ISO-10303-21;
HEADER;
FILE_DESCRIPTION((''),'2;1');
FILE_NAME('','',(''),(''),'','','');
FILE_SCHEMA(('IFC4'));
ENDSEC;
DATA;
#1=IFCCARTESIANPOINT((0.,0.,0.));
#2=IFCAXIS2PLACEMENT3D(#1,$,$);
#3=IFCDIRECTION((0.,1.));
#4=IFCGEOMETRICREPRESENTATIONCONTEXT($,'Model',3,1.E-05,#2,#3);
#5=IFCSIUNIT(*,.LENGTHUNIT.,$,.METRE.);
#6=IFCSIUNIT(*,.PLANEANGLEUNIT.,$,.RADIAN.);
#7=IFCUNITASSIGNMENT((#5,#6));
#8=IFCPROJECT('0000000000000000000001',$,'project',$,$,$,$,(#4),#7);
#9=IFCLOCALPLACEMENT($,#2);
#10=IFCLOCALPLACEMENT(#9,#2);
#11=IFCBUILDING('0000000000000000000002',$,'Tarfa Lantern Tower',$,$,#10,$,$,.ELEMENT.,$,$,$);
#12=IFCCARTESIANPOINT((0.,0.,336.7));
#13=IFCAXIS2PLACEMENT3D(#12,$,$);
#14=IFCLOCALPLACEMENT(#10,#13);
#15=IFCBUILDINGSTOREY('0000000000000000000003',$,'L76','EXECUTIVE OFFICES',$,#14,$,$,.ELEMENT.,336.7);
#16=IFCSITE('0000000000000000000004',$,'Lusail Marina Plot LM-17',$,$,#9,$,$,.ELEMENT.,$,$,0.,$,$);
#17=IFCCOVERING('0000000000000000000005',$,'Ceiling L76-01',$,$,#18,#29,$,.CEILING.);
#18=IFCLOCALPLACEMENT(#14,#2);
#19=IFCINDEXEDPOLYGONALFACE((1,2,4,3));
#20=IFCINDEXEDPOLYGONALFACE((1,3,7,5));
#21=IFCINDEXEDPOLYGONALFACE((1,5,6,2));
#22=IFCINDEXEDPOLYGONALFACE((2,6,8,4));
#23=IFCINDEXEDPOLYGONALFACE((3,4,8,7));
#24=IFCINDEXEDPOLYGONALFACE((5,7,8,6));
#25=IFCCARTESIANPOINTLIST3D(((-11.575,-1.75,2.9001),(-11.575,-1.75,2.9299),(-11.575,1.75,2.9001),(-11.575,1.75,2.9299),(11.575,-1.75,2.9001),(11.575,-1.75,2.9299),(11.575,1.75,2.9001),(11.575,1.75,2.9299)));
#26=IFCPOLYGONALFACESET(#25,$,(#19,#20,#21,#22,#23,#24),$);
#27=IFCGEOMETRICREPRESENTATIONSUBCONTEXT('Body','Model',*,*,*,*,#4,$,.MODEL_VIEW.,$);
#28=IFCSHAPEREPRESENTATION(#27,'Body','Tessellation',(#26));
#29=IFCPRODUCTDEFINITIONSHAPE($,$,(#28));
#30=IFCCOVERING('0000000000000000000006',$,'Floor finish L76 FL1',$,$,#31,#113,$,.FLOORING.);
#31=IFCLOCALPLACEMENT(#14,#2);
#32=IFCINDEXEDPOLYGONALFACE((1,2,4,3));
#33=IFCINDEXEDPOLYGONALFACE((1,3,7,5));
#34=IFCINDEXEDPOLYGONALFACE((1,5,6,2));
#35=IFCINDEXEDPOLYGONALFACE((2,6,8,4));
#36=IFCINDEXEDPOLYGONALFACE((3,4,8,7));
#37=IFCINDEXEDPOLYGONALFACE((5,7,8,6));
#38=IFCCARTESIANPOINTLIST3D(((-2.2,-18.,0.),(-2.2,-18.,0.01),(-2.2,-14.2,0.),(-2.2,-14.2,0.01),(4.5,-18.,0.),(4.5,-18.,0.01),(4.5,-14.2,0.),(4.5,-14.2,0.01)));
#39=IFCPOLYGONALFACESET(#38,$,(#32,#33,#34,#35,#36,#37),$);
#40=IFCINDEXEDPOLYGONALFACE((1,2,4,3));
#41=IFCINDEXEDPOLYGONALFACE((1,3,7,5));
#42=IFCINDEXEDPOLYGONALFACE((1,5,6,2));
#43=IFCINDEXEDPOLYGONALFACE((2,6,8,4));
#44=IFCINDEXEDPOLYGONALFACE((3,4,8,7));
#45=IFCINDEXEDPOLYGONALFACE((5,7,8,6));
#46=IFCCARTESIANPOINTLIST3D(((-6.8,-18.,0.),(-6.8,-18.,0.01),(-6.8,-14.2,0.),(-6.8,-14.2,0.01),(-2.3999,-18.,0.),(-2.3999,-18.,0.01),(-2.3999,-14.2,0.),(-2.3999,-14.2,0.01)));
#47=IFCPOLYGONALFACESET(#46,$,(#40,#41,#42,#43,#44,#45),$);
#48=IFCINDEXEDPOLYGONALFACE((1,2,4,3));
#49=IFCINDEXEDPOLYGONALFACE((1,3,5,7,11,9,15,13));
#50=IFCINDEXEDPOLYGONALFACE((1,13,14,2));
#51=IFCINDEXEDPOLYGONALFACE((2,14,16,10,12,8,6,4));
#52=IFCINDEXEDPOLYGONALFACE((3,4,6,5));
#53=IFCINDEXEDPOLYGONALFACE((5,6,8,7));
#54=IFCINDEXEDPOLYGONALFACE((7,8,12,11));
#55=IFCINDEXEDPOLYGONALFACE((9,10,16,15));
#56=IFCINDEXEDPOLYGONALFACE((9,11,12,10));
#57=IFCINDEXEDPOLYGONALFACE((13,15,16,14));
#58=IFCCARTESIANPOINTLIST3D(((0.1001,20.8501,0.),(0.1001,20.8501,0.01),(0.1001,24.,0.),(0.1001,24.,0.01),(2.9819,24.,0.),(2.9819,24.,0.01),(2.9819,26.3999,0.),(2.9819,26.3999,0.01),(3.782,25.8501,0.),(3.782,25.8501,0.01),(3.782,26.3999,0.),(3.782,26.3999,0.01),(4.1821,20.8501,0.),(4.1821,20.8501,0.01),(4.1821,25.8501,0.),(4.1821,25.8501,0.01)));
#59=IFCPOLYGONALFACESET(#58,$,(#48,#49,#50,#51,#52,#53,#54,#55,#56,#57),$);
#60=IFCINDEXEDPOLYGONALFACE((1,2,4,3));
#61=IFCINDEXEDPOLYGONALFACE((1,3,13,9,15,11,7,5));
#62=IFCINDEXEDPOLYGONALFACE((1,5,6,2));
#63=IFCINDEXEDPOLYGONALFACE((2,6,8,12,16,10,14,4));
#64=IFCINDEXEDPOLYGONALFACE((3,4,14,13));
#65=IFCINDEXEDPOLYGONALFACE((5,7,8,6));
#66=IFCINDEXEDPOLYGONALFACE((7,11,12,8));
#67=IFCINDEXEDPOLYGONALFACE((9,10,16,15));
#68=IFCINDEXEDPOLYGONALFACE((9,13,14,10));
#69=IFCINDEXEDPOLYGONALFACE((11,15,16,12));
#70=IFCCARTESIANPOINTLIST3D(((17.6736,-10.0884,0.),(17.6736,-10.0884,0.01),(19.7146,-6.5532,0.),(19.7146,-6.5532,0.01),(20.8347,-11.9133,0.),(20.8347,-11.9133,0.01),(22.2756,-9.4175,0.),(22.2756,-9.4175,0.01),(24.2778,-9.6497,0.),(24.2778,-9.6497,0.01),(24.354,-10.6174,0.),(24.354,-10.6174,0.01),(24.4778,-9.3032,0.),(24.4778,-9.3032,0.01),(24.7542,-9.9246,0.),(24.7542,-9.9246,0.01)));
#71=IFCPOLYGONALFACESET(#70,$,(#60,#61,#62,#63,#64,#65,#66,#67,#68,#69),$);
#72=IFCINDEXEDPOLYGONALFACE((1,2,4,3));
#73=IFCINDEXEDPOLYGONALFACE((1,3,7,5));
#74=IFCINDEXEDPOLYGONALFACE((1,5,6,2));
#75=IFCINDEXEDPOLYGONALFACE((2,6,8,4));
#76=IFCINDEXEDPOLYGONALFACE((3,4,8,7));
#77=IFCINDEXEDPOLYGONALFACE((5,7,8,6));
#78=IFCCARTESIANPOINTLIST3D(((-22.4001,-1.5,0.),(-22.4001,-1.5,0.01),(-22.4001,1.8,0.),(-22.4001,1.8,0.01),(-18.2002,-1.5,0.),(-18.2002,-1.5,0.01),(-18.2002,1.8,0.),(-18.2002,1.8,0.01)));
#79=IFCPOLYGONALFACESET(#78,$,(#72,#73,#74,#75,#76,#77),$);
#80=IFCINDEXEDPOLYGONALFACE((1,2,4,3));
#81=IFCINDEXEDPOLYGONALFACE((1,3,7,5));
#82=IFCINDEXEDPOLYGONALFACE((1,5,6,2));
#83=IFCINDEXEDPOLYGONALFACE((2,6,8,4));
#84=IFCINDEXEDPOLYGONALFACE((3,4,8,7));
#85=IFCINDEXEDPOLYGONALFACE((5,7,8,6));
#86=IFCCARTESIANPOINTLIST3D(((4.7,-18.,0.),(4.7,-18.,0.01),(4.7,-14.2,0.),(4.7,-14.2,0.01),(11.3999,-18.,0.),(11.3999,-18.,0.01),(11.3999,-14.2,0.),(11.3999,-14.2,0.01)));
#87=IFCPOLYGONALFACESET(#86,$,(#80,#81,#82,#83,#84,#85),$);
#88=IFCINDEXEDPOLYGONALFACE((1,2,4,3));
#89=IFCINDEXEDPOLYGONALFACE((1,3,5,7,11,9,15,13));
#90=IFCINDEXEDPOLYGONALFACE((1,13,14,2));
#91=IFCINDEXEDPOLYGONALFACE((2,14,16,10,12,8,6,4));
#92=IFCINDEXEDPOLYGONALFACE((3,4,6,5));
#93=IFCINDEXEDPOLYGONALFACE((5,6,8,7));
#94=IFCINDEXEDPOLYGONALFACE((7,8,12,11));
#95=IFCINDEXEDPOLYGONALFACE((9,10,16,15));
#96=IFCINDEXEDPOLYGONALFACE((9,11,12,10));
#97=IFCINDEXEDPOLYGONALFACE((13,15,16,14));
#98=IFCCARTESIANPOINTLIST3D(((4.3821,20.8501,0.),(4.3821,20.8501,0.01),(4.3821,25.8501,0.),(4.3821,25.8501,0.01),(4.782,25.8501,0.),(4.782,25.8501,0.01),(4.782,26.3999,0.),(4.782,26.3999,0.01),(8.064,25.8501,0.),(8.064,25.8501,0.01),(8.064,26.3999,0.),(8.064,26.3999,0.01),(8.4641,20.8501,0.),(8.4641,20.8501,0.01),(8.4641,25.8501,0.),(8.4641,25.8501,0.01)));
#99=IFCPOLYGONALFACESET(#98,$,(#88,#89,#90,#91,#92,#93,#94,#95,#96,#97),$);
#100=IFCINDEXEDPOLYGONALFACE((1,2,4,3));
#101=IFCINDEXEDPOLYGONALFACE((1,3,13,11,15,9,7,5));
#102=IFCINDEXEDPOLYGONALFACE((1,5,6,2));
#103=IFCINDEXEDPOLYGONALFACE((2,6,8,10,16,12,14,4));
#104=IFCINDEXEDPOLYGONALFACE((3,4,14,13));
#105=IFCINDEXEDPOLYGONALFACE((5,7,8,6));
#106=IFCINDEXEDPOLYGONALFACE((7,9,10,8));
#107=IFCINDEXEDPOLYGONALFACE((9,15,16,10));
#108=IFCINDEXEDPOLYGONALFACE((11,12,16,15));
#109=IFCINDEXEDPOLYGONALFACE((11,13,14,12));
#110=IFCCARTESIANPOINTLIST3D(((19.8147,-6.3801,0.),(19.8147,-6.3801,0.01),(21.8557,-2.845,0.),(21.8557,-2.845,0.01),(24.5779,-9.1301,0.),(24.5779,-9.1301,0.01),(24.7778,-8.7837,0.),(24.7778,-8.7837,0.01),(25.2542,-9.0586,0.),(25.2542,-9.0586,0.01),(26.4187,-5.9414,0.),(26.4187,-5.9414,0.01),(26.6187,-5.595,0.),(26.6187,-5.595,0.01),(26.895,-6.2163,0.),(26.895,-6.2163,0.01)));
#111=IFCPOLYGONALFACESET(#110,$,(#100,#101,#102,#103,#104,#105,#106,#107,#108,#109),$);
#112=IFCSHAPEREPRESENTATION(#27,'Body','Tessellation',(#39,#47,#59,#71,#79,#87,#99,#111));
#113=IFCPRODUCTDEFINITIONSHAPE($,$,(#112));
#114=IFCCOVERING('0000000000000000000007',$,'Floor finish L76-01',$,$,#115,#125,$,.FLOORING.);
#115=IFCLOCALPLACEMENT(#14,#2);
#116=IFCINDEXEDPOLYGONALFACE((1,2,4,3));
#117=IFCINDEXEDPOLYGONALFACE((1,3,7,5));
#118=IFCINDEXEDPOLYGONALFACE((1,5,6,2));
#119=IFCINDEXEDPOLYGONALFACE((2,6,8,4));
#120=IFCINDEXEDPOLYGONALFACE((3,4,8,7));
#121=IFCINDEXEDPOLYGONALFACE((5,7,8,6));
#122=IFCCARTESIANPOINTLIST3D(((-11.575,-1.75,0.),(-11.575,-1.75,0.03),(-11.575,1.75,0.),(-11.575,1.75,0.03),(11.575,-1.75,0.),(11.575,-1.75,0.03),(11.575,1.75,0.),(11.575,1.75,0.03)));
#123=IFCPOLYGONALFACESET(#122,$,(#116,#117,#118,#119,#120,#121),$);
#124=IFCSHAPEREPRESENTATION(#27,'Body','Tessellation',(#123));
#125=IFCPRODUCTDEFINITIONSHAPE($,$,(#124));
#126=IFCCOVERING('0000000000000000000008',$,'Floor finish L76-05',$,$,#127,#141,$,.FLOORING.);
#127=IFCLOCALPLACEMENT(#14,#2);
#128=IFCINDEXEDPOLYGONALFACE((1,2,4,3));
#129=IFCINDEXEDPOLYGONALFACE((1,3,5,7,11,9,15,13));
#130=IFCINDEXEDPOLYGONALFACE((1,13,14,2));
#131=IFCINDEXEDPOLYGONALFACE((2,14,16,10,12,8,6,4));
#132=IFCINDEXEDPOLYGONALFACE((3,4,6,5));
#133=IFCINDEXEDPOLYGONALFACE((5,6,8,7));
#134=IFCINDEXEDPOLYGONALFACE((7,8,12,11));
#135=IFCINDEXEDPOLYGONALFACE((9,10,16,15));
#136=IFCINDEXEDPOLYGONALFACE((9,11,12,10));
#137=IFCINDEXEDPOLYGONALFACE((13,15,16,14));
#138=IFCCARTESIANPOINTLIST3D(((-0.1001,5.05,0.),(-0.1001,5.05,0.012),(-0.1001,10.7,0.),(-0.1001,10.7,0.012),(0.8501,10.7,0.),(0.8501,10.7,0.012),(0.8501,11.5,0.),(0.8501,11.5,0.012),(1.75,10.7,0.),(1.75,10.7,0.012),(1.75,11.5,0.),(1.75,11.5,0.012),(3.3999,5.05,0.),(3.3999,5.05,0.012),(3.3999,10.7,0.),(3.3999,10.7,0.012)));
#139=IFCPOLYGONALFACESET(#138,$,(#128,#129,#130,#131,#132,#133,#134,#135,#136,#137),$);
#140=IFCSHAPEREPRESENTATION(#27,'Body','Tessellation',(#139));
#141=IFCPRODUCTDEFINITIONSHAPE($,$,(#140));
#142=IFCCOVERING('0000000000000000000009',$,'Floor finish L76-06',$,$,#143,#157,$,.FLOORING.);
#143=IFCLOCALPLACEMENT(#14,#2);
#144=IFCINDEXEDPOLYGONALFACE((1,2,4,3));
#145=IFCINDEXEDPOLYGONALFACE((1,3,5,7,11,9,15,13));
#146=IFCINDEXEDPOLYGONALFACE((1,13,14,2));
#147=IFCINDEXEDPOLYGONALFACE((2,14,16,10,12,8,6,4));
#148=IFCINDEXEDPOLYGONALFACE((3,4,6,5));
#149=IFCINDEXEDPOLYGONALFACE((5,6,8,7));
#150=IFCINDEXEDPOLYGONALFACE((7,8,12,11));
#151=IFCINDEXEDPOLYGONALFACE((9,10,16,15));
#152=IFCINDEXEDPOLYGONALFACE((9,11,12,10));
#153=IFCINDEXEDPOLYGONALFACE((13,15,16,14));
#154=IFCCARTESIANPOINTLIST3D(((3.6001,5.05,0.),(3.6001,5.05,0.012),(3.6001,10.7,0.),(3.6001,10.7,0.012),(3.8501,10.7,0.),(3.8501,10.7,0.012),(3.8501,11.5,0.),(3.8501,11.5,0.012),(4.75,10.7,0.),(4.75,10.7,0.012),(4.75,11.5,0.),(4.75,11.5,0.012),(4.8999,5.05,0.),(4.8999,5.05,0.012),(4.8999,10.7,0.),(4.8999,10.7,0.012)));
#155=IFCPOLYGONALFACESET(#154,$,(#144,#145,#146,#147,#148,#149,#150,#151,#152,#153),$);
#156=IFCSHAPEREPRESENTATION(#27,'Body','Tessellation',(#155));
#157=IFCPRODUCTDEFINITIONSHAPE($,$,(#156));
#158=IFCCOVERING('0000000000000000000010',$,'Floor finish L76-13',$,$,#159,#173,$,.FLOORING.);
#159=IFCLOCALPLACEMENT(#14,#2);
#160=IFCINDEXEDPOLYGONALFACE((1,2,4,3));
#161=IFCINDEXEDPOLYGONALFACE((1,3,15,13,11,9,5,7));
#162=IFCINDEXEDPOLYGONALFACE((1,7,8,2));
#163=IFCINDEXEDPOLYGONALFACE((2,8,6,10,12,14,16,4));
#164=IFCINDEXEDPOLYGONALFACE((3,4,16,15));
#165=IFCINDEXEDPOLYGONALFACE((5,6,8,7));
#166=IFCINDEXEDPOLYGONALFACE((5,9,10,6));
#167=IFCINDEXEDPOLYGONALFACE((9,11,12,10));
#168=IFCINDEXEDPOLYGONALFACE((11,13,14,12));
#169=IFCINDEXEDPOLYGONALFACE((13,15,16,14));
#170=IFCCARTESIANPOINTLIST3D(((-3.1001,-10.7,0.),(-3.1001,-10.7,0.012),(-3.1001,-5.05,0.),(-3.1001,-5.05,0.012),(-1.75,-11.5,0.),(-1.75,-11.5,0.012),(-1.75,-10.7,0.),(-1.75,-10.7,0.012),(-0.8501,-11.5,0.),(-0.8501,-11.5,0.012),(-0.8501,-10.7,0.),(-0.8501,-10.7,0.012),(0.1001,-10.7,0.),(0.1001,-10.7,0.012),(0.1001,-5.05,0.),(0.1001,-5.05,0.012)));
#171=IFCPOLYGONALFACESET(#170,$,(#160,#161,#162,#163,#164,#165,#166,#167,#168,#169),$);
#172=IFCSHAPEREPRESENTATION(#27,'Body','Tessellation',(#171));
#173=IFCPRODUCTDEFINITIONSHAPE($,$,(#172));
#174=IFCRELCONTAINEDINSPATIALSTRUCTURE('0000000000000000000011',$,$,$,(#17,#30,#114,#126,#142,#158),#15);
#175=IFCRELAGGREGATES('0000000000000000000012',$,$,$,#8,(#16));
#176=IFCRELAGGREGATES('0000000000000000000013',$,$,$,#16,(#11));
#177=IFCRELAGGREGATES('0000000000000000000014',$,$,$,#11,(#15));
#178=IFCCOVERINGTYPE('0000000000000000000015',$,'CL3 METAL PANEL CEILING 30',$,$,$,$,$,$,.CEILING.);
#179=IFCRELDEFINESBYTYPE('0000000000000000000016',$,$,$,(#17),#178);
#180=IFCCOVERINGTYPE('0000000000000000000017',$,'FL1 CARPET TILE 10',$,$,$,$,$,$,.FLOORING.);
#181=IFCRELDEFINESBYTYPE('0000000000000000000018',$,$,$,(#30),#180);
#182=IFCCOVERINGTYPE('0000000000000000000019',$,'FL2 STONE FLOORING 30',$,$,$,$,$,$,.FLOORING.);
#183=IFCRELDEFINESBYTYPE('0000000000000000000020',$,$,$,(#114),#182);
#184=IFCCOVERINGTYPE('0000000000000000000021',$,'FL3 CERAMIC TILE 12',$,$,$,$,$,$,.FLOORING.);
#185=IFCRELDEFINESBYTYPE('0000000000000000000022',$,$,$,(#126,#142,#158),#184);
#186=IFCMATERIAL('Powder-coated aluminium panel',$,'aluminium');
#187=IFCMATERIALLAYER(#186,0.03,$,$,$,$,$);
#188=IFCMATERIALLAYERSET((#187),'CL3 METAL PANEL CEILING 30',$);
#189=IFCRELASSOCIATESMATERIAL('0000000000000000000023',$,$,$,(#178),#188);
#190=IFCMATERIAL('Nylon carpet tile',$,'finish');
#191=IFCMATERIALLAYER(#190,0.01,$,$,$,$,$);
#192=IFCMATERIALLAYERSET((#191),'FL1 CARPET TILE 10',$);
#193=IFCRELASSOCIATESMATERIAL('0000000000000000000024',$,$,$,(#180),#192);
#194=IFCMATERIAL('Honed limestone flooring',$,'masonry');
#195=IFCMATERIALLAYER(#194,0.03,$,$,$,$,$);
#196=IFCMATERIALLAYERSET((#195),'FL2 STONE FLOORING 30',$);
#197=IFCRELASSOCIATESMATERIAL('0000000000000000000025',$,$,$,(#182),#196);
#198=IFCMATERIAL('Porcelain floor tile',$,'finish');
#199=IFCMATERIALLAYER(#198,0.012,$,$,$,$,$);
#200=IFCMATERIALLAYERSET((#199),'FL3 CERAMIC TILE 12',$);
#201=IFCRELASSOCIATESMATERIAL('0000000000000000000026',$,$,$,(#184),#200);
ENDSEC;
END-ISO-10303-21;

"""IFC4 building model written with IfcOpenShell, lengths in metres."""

from ifc_helpers import new_model, si_unit, direction, frame, origin, place, context, subcontext, project, spatial, polyline, outline, extrude, material, layer, layer_set, type_object, element, save


model = new_model("IFC4")

# Units and contexts
model_context = context("Model", 3, precision=1e-05, world=origin(), true_north=direction((0.0, 1.0)))
body_context = subcontext(model_context, "Body", "Model", "MODEL_VIEW")
ifc_project = project(units=[si_unit("LENGTHUNIT", "METRE"), si_unit("PLANEANGLEUNIT", "RADIAN")], contexts=[model_context])

# Site, building, storey
site_placement = place(None, origin())
site = spatial("IfcSite", under=ifc_project, at=site_placement, Name="Lusail Marina Plot LM-17", CompositionType="ELEMENT", RefElevation=0.0)
building_placement = place(site_placement, origin())
building = spatial("IfcBuilding", under=site, at=building_placement, Name="Tarfa Lantern Tower", CompositionType="ELEMENT")
storey_placement = place(building_placement, frame((0.0, 0.0, 336.7)))
storey = spatial("IfcBuildingStorey", under=building, at=storey_placement, Name="L76", Description="EXECUTIVE OFFICES", CompositionType="ELEMENT", Elevation=336.7)

# Coverings
ifc_material_1 = material(Name="Powder-coated aluminium panel", Category="aluminium")
ifc_layer_1 = layer(ifc_material_1, 0.03)
ifc_layer_set_1 = layer_set([ifc_layer_1], Name="CL3 METAL PANEL CEILING 30")
covering_type_1 = type_object("IfcCoveringType", Name="CL3 METAL PANEL CEILING 30", PredefinedType="CEILING", material=ifc_layer_set_1)
covering_1_placement = place(storey_placement, frame((0.0, 0.0, 2.9001)))
element("IfcCovering", 1, at=covering_1_placement, inside=storey, type_object=covering_type_1, Name="Ceiling L76-01", PredefinedType="CEILING", context=body_context, shape_type="SweptSolid", body=[
    extrude(outline(polyline([(-11.575, -1.75), (11.575, -1.75), (11.575, 1.75), (-11.575, 1.75), (-11.575, -1.75)])), origin(), (0.0, 0.0, 1.0), 0.0298),
])
ifc_material_2 = material(Name="Nylon carpet tile", Category="finish")
ifc_layer_2 = layer(ifc_material_2, 0.01)
ifc_layer_set_2 = layer_set([ifc_layer_2], Name="FL1 CARPET TILE 10")
covering_type_2 = type_object("IfcCoveringType", Name="FL1 CARPET TILE 10", PredefinedType="FLOORING", material=ifc_layer_set_2)
covering_2_placement = place(storey_placement, origin())
element("IfcCovering", 2, at=covering_2_placement, inside=storey, type_object=covering_type_2, Name="Floor finish L76 FL1", PredefinedType="FLOORING", context=body_context, shape_type="SweptSolid", body=[
    extrude(outline(polyline([(-2.2, -14.2), (4.5, -14.2), (4.5, -18.0), (-2.2, -18.0), (-2.2, -14.2)])), origin(), (0.0, 0.0, 1.0), 0.01),
    extrude(outline(polyline([(-6.8, -14.2), (-2.3999, -14.2), (-2.3999, -18.0), (-6.8, -18.0), (-6.8, -14.2)])), origin(), (0.0, 0.0, 1.0), 0.01),
    extrude(outline(polyline([(4.1821, 20.8501), (0.1001, 20.8501), (0.1001, 24.0), (2.9819, 24.0), (2.9819, 26.3999), (3.782, 26.3999), (3.782, 25.8501), (4.1821, 25.8501), (4.1821, 20.8501)])), origin(), (0.0, 0.0, 1.0), 0.01),
    extrude(outline(polyline([(19.7146, -6.5532), (24.4778, -9.3032), (24.2778, -9.6497), (24.7542, -9.9246), (24.354, -10.6174), (22.2756, -9.4175), (20.8347, -11.9133), (17.6736, -10.0884), (19.7146, -6.5532)])), origin(), (0.0, 0.0, 1.0), 0.01),
    extrude(outline(polyline([(-22.4001, 1.8), (-18.2002, 1.8), (-18.2002, -1.5), (-22.4001, -1.5), (-22.4001, 1.8)])), origin(), (0.0, 0.0, 1.0), 0.01),
    extrude(outline(polyline([(4.7, -14.2), (11.3999, -14.2), (11.3999, -18.0), (4.7, -18.0), (4.7, -14.2)])), origin(), (0.0, 0.0, 1.0), 0.01),
    extrude(outline(polyline([(8.4641, 20.8501), (4.3821, 20.8501), (4.3821, 25.8501), (4.782, 25.8501), (4.782, 26.3999), (8.064, 26.3999), (8.064, 25.8501), (8.4641, 25.8501), (8.4641, 20.8501)])), origin(), (0.0, 0.0, 1.0), 0.01),
    extrude(outline(polyline([(21.8557, -2.845), (26.6187, -5.595), (26.4187, -5.9414), (26.895, -6.2163), (25.2542, -9.0586), (24.7778, -8.7837), (24.5779, -9.1301), (19.8147, -6.3801), (21.8557, -2.845)])), origin(), (0.0, 0.0, 1.0), 0.01),
])
ifc_material_3 = material(Name="Honed limestone flooring", Category="masonry")
ifc_layer_3 = layer(ifc_material_3, 0.03)
ifc_layer_set_3 = layer_set([ifc_layer_3], Name="FL2 STONE FLOORING 30")
covering_type_3 = type_object("IfcCoveringType", Name="FL2 STONE FLOORING 30", PredefinedType="FLOORING", material=ifc_layer_set_3)
covering_3_placement = place(storey_placement, origin())
element("IfcCovering", 3, at=covering_3_placement, inside=storey, type_object=covering_type_3, Name="Floor finish L76-01", PredefinedType="FLOORING", context=body_context, shape_type="SweptSolid", body=[
    extrude(outline(polyline([(-11.575, -1.75), (11.575, -1.75), (11.575, 1.75), (-11.575, 1.75), (-11.575, -1.75)])), origin(), (0.0, 0.0, 1.0), 0.03),
])
ifc_material_4 = material(Name="Porcelain floor tile", Category="finish")
ifc_layer_4 = layer(ifc_material_4, 0.012)
ifc_layer_set_4 = layer_set([ifc_layer_4], Name="FL3 CERAMIC TILE 12")
covering_type_4 = type_object("IfcCoveringType", Name="FL3 CERAMIC TILE 12", PredefinedType="FLOORING", material=ifc_layer_set_4)
covering_4_placement = place(storey_placement, origin())
element("IfcCovering", 4, at=covering_4_placement, inside=storey, type_object=covering_type_4, Name="Floor finish L76-05", PredefinedType="FLOORING", context=body_context, shape_type="SweptSolid", body=[
    extrude(outline(polyline([(0.8501, 10.7), (-0.1001, 10.7), (-0.1001, 5.05), (3.3999, 5.05), (3.3999, 10.7), (1.75, 10.7), (1.75, 11.5), (0.8501, 11.5), (0.8501, 11.5), (0.8501, 10.7)])), origin(), (0.0, 0.0, 1.0), 0.012),
])
covering_5_placement = place(storey_placement, origin())
element("IfcCovering", 5, at=covering_5_placement, inside=storey, type_object=covering_type_4, Name="Floor finish L76-06", PredefinedType="FLOORING", context=body_context, shape_type="SweptSolid", body=[
    extrude(outline(polyline([(3.6001, 5.05), (4.8999, 5.05), (4.8999, 10.7), (4.75, 10.7), (4.75, 11.5), (3.8501, 11.5), (3.8501, 10.7), (3.6001, 10.7), (3.6001, 5.05)])), origin(), (0.0, 0.0, 1.0), 0.012),
])
covering_6_placement = place(storey_placement, origin())
element("IfcCovering", 6, at=covering_6_placement, inside=storey, type_object=covering_type_4, Name="Floor finish L76-13", PredefinedType="FLOORING", context=body_context, shape_type="SweptSolid", body=[
    extrude(outline(polyline([(-0.8501, -10.7), (0.1001, -10.7), (0.1001, -5.05), (-3.1001, -5.05), (-3.1001, -10.7), (-1.75, -10.7), (-1.75, -11.5), (-0.8501, -11.5), (-0.8501, -10.7)])), origin(), (0.0, 0.0, 1.0), 0.012),
])

save(model, "model.ifc")
